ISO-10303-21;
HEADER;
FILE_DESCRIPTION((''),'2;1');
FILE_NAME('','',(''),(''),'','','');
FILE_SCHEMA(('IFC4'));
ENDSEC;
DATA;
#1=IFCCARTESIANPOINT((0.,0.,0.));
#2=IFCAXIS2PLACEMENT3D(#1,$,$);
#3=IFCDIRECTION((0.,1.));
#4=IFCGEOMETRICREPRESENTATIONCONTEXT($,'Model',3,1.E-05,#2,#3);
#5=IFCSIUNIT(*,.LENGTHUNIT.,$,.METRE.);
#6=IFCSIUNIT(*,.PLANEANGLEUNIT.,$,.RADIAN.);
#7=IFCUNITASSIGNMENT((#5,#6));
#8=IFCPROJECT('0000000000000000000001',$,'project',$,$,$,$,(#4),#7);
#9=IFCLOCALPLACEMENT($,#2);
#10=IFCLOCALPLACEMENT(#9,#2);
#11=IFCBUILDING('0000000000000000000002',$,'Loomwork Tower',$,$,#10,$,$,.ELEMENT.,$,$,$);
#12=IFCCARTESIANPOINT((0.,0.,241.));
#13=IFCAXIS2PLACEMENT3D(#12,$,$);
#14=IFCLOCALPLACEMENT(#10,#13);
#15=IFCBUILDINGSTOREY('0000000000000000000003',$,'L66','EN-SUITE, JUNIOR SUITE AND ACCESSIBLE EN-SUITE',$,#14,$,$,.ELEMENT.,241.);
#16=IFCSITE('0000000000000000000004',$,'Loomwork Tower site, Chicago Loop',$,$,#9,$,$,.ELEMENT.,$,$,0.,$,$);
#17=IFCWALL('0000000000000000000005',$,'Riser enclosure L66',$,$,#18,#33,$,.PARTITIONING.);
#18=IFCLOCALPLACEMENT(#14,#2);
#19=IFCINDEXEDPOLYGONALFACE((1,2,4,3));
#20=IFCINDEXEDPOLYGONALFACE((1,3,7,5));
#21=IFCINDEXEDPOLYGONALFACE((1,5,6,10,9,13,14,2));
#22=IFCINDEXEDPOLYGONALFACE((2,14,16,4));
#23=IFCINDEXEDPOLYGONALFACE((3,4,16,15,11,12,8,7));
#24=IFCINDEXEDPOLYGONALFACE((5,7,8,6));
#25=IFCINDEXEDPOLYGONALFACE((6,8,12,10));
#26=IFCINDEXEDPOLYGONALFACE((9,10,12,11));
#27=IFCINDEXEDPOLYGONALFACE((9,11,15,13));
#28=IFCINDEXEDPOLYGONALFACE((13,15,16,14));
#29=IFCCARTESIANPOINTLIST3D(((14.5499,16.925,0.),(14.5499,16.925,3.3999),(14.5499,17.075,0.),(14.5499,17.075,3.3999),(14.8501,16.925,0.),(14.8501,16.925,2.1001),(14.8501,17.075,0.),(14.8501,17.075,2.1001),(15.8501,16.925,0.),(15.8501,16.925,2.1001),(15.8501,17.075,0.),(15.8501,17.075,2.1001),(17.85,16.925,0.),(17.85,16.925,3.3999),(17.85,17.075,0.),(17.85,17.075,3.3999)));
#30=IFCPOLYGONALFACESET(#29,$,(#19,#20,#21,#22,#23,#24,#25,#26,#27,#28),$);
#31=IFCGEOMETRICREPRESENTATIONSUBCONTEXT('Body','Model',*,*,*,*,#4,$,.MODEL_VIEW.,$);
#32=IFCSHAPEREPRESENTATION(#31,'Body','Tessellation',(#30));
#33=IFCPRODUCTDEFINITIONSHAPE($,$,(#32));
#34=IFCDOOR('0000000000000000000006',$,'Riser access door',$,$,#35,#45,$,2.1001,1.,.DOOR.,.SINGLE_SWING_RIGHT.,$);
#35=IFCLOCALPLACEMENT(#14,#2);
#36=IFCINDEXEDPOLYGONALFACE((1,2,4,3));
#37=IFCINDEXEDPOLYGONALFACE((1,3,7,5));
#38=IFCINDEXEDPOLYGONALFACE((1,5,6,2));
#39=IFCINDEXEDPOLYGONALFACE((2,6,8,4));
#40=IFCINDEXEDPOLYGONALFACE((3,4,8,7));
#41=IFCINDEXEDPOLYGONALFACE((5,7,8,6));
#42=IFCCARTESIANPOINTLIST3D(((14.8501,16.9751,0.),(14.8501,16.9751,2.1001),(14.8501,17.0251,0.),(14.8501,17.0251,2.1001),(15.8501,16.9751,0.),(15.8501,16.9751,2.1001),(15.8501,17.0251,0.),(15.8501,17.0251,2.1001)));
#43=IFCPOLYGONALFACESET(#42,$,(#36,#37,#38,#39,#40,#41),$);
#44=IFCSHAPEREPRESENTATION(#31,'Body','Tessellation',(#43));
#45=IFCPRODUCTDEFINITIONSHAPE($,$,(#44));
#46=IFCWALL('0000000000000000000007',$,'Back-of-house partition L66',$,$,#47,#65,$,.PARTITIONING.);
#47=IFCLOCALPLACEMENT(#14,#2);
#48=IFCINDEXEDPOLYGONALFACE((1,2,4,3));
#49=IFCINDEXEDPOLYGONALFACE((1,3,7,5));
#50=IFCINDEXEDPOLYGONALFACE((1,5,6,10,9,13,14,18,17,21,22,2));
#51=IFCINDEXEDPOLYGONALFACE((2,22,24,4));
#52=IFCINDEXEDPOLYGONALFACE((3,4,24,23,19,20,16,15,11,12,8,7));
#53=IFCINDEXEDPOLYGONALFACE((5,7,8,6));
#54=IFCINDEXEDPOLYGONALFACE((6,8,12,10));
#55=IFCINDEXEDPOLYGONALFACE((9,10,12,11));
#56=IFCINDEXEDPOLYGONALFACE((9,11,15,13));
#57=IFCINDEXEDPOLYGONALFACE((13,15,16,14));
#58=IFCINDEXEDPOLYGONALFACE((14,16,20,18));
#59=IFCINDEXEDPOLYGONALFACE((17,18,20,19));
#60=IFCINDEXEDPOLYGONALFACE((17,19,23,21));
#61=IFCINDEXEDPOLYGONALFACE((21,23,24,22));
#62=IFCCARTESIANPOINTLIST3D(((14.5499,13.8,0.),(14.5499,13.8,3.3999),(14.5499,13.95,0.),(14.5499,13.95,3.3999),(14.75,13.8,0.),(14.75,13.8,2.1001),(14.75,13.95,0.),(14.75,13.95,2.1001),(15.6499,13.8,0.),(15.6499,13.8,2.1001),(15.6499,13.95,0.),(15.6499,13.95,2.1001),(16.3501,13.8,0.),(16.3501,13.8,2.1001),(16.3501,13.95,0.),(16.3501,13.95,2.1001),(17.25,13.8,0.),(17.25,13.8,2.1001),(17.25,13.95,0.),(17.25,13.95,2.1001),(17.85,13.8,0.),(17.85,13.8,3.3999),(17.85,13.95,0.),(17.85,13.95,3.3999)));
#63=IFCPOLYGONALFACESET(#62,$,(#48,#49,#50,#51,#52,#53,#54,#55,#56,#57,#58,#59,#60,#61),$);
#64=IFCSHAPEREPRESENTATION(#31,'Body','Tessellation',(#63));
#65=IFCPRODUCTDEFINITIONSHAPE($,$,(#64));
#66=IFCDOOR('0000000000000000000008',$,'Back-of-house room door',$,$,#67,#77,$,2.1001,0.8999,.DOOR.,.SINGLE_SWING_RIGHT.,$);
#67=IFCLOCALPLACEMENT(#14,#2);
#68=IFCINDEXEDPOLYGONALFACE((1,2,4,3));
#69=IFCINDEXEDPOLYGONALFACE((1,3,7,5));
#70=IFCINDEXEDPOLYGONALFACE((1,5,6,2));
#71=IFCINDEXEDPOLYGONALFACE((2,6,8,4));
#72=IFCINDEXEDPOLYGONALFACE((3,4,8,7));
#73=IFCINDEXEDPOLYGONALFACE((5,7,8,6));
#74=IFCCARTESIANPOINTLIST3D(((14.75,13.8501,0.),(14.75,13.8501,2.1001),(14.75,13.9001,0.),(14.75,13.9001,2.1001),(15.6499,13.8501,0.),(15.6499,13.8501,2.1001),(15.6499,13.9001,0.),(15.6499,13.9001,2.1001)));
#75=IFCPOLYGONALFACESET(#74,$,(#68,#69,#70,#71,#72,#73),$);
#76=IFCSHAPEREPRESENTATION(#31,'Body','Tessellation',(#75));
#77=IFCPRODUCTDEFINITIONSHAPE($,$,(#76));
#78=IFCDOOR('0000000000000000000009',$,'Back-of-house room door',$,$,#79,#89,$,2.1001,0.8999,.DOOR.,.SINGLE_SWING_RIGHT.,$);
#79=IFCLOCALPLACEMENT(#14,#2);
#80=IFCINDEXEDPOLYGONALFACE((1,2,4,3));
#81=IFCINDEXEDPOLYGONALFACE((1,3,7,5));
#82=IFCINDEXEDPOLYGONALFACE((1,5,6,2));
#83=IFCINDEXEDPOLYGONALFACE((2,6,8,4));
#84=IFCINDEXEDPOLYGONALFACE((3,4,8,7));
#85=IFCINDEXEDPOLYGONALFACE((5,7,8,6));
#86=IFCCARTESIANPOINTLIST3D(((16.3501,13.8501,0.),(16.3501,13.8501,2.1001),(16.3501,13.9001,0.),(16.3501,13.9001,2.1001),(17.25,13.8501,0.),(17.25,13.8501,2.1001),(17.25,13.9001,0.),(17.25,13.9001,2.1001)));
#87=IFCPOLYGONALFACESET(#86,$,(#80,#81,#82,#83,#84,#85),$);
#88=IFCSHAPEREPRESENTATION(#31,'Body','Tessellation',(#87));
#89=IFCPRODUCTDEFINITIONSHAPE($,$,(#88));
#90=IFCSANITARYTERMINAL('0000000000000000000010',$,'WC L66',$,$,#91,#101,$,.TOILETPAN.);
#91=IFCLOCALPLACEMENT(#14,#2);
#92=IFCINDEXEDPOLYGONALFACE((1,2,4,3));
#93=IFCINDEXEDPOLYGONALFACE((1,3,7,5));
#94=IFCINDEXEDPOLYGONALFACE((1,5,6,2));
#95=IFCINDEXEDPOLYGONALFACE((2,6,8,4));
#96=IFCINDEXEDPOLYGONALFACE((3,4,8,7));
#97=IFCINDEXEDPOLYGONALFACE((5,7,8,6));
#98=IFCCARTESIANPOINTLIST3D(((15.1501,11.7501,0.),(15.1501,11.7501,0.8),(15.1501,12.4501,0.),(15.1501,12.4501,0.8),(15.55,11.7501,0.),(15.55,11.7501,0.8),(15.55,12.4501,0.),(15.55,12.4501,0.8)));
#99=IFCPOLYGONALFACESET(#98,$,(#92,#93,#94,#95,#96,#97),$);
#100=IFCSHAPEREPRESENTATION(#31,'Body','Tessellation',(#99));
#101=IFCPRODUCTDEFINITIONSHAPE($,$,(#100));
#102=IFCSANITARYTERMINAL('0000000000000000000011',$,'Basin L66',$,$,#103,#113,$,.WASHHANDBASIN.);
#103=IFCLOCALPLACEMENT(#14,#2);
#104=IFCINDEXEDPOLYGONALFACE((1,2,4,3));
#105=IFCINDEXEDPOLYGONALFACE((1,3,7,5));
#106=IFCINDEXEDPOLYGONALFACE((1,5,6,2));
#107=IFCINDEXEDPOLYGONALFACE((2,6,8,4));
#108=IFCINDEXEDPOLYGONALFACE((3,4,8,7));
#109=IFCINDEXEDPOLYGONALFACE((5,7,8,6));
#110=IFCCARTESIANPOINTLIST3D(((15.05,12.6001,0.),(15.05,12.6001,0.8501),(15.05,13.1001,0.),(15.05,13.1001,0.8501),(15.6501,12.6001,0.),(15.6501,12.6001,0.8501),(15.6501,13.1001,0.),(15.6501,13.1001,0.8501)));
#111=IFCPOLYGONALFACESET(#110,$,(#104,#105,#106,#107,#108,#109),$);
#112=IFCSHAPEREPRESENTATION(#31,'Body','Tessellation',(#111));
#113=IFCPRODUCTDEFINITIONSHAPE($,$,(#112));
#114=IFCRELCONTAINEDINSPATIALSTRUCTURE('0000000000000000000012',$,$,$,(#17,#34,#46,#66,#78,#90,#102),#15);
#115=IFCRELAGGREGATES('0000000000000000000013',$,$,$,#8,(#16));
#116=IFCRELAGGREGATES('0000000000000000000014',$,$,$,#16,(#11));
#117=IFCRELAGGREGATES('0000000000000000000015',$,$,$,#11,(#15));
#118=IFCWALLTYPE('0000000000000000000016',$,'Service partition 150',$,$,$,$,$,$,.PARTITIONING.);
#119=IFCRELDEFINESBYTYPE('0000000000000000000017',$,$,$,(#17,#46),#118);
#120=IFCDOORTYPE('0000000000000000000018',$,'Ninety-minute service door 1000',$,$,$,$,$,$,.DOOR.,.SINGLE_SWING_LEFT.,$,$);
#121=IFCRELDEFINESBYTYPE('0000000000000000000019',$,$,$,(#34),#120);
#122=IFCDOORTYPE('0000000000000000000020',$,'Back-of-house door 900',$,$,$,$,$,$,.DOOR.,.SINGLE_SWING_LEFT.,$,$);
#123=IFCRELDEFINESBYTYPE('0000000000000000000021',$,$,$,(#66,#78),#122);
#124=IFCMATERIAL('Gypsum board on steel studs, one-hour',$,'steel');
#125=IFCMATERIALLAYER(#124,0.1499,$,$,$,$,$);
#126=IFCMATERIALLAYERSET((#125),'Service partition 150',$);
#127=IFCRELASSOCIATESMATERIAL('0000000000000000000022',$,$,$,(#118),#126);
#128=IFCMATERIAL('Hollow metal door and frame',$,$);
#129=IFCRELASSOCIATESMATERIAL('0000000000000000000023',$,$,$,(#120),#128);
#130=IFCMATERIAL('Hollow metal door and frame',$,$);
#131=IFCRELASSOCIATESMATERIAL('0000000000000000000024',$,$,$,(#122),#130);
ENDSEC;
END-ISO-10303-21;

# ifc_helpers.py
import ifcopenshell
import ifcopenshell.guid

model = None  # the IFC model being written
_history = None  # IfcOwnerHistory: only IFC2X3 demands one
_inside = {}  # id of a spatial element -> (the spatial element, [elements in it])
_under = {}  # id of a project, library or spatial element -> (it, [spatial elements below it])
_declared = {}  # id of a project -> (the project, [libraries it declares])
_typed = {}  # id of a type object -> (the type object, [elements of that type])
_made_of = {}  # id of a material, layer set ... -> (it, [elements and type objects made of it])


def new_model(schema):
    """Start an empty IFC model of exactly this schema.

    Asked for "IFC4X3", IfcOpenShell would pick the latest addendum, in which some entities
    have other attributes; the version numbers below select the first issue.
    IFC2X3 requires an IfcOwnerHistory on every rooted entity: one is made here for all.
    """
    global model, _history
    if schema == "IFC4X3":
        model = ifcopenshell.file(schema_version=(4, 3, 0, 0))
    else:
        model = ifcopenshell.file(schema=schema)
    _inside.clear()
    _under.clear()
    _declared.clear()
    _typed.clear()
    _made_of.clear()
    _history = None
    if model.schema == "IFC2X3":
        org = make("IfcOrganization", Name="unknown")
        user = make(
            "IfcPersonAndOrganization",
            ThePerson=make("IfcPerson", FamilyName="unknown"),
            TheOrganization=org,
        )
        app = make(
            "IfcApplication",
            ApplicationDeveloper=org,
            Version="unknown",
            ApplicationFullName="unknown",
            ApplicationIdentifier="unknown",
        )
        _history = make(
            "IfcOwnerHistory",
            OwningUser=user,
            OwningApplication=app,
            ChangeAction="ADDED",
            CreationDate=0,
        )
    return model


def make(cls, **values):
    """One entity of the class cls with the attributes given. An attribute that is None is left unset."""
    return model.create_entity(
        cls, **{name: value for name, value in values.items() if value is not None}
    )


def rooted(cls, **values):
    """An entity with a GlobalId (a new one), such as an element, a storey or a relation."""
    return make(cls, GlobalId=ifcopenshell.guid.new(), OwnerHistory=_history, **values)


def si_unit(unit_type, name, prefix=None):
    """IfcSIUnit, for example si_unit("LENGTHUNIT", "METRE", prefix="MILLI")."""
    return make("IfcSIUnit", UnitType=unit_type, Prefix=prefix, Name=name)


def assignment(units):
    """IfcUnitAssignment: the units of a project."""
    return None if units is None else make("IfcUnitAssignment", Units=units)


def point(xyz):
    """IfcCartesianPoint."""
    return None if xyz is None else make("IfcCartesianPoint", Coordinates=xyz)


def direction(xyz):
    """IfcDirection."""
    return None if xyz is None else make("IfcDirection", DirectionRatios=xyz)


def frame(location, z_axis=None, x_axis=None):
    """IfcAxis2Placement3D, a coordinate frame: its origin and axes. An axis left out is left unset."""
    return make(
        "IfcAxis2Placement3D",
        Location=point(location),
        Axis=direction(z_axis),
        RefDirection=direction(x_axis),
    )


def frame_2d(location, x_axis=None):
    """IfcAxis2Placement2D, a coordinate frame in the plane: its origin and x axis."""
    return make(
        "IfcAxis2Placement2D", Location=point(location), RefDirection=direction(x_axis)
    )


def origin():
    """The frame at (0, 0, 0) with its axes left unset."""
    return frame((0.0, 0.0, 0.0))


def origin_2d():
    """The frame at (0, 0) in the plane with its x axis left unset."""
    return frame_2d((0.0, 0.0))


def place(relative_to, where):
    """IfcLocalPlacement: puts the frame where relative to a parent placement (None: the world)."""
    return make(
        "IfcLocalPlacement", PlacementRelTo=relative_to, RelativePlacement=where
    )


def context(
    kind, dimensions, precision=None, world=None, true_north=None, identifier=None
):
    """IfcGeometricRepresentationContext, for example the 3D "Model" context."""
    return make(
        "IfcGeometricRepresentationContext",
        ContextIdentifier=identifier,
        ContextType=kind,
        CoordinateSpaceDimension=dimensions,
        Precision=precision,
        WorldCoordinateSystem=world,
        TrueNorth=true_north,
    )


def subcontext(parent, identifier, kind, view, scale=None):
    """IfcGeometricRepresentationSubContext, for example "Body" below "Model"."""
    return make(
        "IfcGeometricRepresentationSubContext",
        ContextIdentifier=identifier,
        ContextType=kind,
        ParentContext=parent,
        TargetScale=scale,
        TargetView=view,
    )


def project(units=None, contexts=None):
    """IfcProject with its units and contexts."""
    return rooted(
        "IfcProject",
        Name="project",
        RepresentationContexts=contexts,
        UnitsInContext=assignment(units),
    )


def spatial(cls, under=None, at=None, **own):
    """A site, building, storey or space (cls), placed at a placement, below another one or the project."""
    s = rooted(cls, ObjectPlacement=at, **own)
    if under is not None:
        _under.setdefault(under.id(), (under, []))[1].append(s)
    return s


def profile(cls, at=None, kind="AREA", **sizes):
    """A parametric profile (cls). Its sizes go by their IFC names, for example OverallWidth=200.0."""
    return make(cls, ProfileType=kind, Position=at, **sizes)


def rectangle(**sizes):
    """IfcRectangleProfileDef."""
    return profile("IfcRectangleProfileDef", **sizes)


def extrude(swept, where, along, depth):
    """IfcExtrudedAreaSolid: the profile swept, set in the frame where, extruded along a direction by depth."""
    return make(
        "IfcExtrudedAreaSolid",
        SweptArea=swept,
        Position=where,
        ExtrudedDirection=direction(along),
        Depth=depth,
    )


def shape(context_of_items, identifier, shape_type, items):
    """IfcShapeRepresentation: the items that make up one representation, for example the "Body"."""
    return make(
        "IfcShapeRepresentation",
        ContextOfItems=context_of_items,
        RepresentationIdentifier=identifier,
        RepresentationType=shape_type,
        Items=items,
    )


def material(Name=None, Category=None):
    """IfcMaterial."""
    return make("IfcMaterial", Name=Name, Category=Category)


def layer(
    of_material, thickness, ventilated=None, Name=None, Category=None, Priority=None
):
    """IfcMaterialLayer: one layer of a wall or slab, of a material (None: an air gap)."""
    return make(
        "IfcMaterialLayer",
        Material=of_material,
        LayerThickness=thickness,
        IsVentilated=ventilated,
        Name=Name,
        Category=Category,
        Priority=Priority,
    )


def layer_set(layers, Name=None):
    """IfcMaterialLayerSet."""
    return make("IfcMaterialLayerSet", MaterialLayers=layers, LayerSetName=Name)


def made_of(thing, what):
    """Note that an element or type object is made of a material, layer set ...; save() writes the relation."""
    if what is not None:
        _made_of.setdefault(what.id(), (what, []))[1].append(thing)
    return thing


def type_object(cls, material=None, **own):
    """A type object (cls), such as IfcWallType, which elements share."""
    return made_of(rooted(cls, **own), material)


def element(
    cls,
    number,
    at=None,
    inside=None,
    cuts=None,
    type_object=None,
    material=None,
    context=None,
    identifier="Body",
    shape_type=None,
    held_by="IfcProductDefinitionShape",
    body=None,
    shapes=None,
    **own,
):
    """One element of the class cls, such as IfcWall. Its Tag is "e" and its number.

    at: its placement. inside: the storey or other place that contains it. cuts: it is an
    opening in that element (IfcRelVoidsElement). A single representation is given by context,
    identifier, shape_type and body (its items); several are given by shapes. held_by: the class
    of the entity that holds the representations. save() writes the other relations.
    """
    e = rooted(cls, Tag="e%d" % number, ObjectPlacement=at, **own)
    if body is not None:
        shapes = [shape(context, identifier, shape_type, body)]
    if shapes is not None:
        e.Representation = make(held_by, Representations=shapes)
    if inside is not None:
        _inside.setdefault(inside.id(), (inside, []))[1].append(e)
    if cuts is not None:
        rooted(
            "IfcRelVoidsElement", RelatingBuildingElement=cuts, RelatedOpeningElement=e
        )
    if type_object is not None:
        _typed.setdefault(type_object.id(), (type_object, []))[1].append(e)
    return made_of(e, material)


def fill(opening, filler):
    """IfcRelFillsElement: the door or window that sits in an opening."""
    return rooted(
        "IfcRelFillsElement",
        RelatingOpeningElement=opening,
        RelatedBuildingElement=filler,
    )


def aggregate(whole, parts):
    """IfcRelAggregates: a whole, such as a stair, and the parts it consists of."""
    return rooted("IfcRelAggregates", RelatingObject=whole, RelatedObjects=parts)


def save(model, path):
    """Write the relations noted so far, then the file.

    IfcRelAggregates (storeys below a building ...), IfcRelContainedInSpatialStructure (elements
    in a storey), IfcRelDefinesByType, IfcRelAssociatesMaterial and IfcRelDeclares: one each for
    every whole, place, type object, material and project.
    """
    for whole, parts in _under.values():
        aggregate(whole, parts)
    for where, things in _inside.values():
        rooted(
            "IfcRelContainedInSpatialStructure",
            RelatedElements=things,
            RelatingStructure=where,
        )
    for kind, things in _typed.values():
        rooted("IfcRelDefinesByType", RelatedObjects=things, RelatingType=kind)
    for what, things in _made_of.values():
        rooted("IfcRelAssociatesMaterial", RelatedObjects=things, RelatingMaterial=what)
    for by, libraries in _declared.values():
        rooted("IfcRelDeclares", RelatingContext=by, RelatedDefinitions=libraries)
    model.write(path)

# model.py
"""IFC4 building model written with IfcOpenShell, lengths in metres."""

from ifc_helpers import new_model, si_unit, direction, frame, frame_2d, origin, origin_2d, place, context, subcontext, project, spatial, rectangle, extrude, material, layer, layer_set, type_object, element, fill, save


model = new_model("IFC4")

# Units and contexts
model_context = context("Model", 3, precision=1e-05, world=origin(), true_north=direction((0.0, 1.0)))
body_context = subcontext(model_context, "Body", "Model", "MODEL_VIEW")
ifc_project = project(units=[si_unit("LENGTHUNIT", "METRE"), si_unit("PLANEANGLEUNIT", "RADIAN")], contexts=[model_context])

# Site, building, storey
site_placement = place(None, origin())
site = spatial("IfcSite", under=ifc_project, at=site_placement, Name="Loomwork Tower site, Chicago Loop", CompositionType="ELEMENT", RefElevation=0.0)
building_placement = place(site_placement, origin())
building = spatial("IfcBuilding", under=site, at=building_placement, Name="Loomwork Tower", CompositionType="ELEMENT")
storey_placement = place(building_placement, frame((0.0, 0.0, 241.0)))
storey = spatial("IfcBuildingStorey", under=building, at=storey_placement, Name="L66", Description="EN-SUITE, JUNIOR SUITE AND ACCESSIBLE EN-SUITE", CompositionType="ELEMENT", Elevation=241.0)

# Wall, opening, door
ifc_material_1 = material(Name="Gypsum board on steel studs, one-hour", Category="steel")
ifc_layer_1 = layer(ifc_material_1, 0.1499)
ifc_layer_set_1 = layer_set([ifc_layer_1], Name="Service partition 150")
wall_type_1 = type_object("IfcWallType", Name="Service partition 150", PredefinedType="PARTITIONING", material=ifc_layer_set_1)
wall_1_placement = place(storey_placement, frame((14.55, 17.0, 0.0), z_axis=(0.0, 0.0, 1.0), x_axis=(1.0, 0.0, 0.0)))
wall_1 = element("IfcWall", 1, at=wall_1_placement, inside=storey, type_object=wall_type_1, Name="Riser enclosure L66", PredefinedType="PARTITIONING", context=body_context, shape_type="SweptSolid", body=[
    extrude(rectangle(XDim=3.3, YDim=0.1499, at=frame_2d((1.6499, 0.0))), origin(), (0.0, 0.0, 1.0), 3.3999),
])
opening_1_placement = place(wall_1_placement, frame((0.3, 0.0, 0.0)))
opening_1 = element("IfcOpeningElement", 2, at=opening_1_placement, cuts=wall_1, PredefinedType="OPENING", context=body_context, shape_type="SweptSolid", body=[
    extrude(rectangle(XDim=1.0, YDim=2.1001, at=frame_2d((0.5, 1.05))), frame((0.0, 0.085, 0.0), z_axis=(0.0, -1.0, 0.0), x_axis=(1.0, 0.0, 0.0)), (0.0, 0.0, 1.0), 0.1699),
])
ifc_material_2 = material(Name="Hollow metal door and frame")
door_type_1 = type_object("IfcDoorType", Name="Ninety-minute service door 1000", OperationType="SINGLE_SWING_LEFT", PredefinedType="DOOR", material=ifc_material_2)
door_1_placement = place(opening_1_placement, frame((1.0, 0.0, 0.0), z_axis=(0.0, 0.0, 1.0), x_axis=(-1.0, 0.0, 0.0)))
door_1 = element("IfcDoor", 3, at=door_1_placement, inside=storey, type_object=door_type_1, Name="Riser access door", OperationType="SINGLE_SWING_RIGHT", OverallHeight=2.1001, OverallWidth=1.0, PredefinedType="DOOR", context=body_context, shape_type="SweptSolid", body=[
    extrude(rectangle(XDim=1.0, YDim=2.1001, at=frame_2d((0.5, 1.05))), frame((0.0, 0.0249, 0.0), z_axis=(0.0, -1.0, 0.0), x_axis=(1.0, 0.0, 0.0)), (0.0, 0.0, 1.0), 0.05),
])
fill(opening_1, door_1)

# Wall, openings, doors
wall_2_placement = place(storey_placement, frame((14.55, 13.875, 0.0), z_axis=(0.0, 0.0, 1.0), x_axis=(1.0, 0.0, 0.0)))
wall_2 = element("IfcWall", 4, at=wall_2_placement, inside=storey, type_object=wall_type_1, Name="Back-of-house partition L66", PredefinedType="PARTITIONING", context=body_context, shape_type="SweptSolid", body=[
    extrude(rectangle(XDim=3.3, YDim=0.1499, at=frame_2d((1.6499, 0.0))), origin(), (0.0, 0.0, 1.0), 3.3999),
])
opening_2_placement = place(wall_2_placement, frame((0.2, 0.0, 0.0)))
opening_2 = element("IfcOpeningElement", 5, at=opening_2_placement, cuts=wall_2, PredefinedType="OPENING", context=body_context, shape_type="SweptSolid", body=[
    extrude(rectangle(XDim=0.8999, YDim=2.1001, at=frame_2d((0.45, 1.05))), frame((0.0, 0.085, 0.0), z_axis=(0.0, -1.0, 0.0), x_axis=(1.0, 0.0, 0.0)), (0.0, 0.0, 1.0), 0.1699),
])
opening_3_placement = place(wall_2_placement, frame((1.8, 0.0, 0.0)))
opening_3 = element("IfcOpeningElement", 6, at=opening_3_placement, cuts=wall_2, PredefinedType="OPENING", context=body_context, shape_type="SweptSolid", body=[
    extrude(rectangle(XDim=0.8999, YDim=2.1001, at=frame_2d((0.45, 1.05))), frame((0.0, 0.085, 0.0), z_axis=(0.0, -1.0, 0.0), x_axis=(1.0, 0.0, 0.0)), (0.0, 0.0, 1.0), 0.1699),
])
ifc_material_3 = material(Name="Hollow metal door and frame")
door_type_2 = type_object("IfcDoorType", Name="Back-of-house door 900", OperationType="SINGLE_SWING_LEFT", PredefinedType="DOOR", material=ifc_material_3)
door_2_placement = place(opening_2_placement, frame((0.8999, 0.0, 0.0), z_axis=(0.0, 0.0, 1.0), x_axis=(-1.0, 0.0, 0.0)))
door_2 = element("IfcDoor", 7, at=door_2_placement, inside=storey, type_object=door_type_2, Name="Back-of-house room door", OperationType="SINGLE_SWING_RIGHT", OverallHeight=2.1001, OverallWidth=0.8999, PredefinedType="DOOR", context=body_context, shape_type="SweptSolid", body=[
    extrude(rectangle(XDim=0.8999, YDim=2.1001, at=frame_2d((0.45, 1.05))), frame((0.0, 0.0249, 0.0), z_axis=(0.0, -1.0, 0.0), x_axis=(1.0, 0.0, 0.0)), (0.0, 0.0, 1.0), 0.05),
])
fill(opening_2, door_2)
door_3_placement = place(opening_3_placement, frame((0.8999, 0.0, 0.0), z_axis=(0.0, 0.0, 1.0), x_axis=(-1.0, 0.0, 0.0)))
door_3 = element("IfcDoor", 8, at=door_3_placement, inside=storey, type_object=door_type_2, Name="Back-of-house room door", OperationType="SINGLE_SWING_RIGHT", OverallHeight=2.1001, OverallWidth=0.8999, PredefinedType="DOOR", context=body_context, shape_type="SweptSolid", body=[
    extrude(rectangle(XDim=0.8999, YDim=2.1001, at=frame_2d((0.45, 1.05))), frame((0.0, 0.0249, 0.0), z_axis=(0.0, -1.0, 0.0), x_axis=(1.0, 0.0, 0.0)), (0.0, 0.0, 1.0), 0.05),
])
fill(opening_3, door_3)

# Sanitary terminals
sanitary_terminal_1_placement = place(storey_placement, frame((15.3501, 12.1001, 0.0), z_axis=(0.0, 0.0, 1.0), x_axis=(1.0, 0.0, 0.0)))
element("IfcSanitaryTerminal", 9, at=sanitary_terminal_1_placement, inside=storey, Name="WC L66", PredefinedType="TOILETPAN", context=body_context, shape_type="SweptSolid", body=[
    extrude(rectangle(XDim=0.3999, YDim=0.7, at=origin_2d()), origin(), (0.0, 0.0, 1.0), 0.8),
])
sanitary_terminal_2_placement = place(storey_placement, frame((15.3501, 12.8501, 0.0), z_axis=(0.0, 0.0, 1.0), x_axis=(1.0, 0.0, 0.0)))
element("IfcSanitaryTerminal", 10, at=sanitary_terminal_2_placement, inside=storey, Name="Basin L66", PredefinedType="WASHHANDBASIN", context=body_context, shape_type="SweptSolid", body=[
    extrude(rectangle(XDim=0.6001, YDim=0.5, at=origin_2d()), origin(), (0.0, 0.0, 1.0), 0.8501),
])

save(model, "model.ifc")
